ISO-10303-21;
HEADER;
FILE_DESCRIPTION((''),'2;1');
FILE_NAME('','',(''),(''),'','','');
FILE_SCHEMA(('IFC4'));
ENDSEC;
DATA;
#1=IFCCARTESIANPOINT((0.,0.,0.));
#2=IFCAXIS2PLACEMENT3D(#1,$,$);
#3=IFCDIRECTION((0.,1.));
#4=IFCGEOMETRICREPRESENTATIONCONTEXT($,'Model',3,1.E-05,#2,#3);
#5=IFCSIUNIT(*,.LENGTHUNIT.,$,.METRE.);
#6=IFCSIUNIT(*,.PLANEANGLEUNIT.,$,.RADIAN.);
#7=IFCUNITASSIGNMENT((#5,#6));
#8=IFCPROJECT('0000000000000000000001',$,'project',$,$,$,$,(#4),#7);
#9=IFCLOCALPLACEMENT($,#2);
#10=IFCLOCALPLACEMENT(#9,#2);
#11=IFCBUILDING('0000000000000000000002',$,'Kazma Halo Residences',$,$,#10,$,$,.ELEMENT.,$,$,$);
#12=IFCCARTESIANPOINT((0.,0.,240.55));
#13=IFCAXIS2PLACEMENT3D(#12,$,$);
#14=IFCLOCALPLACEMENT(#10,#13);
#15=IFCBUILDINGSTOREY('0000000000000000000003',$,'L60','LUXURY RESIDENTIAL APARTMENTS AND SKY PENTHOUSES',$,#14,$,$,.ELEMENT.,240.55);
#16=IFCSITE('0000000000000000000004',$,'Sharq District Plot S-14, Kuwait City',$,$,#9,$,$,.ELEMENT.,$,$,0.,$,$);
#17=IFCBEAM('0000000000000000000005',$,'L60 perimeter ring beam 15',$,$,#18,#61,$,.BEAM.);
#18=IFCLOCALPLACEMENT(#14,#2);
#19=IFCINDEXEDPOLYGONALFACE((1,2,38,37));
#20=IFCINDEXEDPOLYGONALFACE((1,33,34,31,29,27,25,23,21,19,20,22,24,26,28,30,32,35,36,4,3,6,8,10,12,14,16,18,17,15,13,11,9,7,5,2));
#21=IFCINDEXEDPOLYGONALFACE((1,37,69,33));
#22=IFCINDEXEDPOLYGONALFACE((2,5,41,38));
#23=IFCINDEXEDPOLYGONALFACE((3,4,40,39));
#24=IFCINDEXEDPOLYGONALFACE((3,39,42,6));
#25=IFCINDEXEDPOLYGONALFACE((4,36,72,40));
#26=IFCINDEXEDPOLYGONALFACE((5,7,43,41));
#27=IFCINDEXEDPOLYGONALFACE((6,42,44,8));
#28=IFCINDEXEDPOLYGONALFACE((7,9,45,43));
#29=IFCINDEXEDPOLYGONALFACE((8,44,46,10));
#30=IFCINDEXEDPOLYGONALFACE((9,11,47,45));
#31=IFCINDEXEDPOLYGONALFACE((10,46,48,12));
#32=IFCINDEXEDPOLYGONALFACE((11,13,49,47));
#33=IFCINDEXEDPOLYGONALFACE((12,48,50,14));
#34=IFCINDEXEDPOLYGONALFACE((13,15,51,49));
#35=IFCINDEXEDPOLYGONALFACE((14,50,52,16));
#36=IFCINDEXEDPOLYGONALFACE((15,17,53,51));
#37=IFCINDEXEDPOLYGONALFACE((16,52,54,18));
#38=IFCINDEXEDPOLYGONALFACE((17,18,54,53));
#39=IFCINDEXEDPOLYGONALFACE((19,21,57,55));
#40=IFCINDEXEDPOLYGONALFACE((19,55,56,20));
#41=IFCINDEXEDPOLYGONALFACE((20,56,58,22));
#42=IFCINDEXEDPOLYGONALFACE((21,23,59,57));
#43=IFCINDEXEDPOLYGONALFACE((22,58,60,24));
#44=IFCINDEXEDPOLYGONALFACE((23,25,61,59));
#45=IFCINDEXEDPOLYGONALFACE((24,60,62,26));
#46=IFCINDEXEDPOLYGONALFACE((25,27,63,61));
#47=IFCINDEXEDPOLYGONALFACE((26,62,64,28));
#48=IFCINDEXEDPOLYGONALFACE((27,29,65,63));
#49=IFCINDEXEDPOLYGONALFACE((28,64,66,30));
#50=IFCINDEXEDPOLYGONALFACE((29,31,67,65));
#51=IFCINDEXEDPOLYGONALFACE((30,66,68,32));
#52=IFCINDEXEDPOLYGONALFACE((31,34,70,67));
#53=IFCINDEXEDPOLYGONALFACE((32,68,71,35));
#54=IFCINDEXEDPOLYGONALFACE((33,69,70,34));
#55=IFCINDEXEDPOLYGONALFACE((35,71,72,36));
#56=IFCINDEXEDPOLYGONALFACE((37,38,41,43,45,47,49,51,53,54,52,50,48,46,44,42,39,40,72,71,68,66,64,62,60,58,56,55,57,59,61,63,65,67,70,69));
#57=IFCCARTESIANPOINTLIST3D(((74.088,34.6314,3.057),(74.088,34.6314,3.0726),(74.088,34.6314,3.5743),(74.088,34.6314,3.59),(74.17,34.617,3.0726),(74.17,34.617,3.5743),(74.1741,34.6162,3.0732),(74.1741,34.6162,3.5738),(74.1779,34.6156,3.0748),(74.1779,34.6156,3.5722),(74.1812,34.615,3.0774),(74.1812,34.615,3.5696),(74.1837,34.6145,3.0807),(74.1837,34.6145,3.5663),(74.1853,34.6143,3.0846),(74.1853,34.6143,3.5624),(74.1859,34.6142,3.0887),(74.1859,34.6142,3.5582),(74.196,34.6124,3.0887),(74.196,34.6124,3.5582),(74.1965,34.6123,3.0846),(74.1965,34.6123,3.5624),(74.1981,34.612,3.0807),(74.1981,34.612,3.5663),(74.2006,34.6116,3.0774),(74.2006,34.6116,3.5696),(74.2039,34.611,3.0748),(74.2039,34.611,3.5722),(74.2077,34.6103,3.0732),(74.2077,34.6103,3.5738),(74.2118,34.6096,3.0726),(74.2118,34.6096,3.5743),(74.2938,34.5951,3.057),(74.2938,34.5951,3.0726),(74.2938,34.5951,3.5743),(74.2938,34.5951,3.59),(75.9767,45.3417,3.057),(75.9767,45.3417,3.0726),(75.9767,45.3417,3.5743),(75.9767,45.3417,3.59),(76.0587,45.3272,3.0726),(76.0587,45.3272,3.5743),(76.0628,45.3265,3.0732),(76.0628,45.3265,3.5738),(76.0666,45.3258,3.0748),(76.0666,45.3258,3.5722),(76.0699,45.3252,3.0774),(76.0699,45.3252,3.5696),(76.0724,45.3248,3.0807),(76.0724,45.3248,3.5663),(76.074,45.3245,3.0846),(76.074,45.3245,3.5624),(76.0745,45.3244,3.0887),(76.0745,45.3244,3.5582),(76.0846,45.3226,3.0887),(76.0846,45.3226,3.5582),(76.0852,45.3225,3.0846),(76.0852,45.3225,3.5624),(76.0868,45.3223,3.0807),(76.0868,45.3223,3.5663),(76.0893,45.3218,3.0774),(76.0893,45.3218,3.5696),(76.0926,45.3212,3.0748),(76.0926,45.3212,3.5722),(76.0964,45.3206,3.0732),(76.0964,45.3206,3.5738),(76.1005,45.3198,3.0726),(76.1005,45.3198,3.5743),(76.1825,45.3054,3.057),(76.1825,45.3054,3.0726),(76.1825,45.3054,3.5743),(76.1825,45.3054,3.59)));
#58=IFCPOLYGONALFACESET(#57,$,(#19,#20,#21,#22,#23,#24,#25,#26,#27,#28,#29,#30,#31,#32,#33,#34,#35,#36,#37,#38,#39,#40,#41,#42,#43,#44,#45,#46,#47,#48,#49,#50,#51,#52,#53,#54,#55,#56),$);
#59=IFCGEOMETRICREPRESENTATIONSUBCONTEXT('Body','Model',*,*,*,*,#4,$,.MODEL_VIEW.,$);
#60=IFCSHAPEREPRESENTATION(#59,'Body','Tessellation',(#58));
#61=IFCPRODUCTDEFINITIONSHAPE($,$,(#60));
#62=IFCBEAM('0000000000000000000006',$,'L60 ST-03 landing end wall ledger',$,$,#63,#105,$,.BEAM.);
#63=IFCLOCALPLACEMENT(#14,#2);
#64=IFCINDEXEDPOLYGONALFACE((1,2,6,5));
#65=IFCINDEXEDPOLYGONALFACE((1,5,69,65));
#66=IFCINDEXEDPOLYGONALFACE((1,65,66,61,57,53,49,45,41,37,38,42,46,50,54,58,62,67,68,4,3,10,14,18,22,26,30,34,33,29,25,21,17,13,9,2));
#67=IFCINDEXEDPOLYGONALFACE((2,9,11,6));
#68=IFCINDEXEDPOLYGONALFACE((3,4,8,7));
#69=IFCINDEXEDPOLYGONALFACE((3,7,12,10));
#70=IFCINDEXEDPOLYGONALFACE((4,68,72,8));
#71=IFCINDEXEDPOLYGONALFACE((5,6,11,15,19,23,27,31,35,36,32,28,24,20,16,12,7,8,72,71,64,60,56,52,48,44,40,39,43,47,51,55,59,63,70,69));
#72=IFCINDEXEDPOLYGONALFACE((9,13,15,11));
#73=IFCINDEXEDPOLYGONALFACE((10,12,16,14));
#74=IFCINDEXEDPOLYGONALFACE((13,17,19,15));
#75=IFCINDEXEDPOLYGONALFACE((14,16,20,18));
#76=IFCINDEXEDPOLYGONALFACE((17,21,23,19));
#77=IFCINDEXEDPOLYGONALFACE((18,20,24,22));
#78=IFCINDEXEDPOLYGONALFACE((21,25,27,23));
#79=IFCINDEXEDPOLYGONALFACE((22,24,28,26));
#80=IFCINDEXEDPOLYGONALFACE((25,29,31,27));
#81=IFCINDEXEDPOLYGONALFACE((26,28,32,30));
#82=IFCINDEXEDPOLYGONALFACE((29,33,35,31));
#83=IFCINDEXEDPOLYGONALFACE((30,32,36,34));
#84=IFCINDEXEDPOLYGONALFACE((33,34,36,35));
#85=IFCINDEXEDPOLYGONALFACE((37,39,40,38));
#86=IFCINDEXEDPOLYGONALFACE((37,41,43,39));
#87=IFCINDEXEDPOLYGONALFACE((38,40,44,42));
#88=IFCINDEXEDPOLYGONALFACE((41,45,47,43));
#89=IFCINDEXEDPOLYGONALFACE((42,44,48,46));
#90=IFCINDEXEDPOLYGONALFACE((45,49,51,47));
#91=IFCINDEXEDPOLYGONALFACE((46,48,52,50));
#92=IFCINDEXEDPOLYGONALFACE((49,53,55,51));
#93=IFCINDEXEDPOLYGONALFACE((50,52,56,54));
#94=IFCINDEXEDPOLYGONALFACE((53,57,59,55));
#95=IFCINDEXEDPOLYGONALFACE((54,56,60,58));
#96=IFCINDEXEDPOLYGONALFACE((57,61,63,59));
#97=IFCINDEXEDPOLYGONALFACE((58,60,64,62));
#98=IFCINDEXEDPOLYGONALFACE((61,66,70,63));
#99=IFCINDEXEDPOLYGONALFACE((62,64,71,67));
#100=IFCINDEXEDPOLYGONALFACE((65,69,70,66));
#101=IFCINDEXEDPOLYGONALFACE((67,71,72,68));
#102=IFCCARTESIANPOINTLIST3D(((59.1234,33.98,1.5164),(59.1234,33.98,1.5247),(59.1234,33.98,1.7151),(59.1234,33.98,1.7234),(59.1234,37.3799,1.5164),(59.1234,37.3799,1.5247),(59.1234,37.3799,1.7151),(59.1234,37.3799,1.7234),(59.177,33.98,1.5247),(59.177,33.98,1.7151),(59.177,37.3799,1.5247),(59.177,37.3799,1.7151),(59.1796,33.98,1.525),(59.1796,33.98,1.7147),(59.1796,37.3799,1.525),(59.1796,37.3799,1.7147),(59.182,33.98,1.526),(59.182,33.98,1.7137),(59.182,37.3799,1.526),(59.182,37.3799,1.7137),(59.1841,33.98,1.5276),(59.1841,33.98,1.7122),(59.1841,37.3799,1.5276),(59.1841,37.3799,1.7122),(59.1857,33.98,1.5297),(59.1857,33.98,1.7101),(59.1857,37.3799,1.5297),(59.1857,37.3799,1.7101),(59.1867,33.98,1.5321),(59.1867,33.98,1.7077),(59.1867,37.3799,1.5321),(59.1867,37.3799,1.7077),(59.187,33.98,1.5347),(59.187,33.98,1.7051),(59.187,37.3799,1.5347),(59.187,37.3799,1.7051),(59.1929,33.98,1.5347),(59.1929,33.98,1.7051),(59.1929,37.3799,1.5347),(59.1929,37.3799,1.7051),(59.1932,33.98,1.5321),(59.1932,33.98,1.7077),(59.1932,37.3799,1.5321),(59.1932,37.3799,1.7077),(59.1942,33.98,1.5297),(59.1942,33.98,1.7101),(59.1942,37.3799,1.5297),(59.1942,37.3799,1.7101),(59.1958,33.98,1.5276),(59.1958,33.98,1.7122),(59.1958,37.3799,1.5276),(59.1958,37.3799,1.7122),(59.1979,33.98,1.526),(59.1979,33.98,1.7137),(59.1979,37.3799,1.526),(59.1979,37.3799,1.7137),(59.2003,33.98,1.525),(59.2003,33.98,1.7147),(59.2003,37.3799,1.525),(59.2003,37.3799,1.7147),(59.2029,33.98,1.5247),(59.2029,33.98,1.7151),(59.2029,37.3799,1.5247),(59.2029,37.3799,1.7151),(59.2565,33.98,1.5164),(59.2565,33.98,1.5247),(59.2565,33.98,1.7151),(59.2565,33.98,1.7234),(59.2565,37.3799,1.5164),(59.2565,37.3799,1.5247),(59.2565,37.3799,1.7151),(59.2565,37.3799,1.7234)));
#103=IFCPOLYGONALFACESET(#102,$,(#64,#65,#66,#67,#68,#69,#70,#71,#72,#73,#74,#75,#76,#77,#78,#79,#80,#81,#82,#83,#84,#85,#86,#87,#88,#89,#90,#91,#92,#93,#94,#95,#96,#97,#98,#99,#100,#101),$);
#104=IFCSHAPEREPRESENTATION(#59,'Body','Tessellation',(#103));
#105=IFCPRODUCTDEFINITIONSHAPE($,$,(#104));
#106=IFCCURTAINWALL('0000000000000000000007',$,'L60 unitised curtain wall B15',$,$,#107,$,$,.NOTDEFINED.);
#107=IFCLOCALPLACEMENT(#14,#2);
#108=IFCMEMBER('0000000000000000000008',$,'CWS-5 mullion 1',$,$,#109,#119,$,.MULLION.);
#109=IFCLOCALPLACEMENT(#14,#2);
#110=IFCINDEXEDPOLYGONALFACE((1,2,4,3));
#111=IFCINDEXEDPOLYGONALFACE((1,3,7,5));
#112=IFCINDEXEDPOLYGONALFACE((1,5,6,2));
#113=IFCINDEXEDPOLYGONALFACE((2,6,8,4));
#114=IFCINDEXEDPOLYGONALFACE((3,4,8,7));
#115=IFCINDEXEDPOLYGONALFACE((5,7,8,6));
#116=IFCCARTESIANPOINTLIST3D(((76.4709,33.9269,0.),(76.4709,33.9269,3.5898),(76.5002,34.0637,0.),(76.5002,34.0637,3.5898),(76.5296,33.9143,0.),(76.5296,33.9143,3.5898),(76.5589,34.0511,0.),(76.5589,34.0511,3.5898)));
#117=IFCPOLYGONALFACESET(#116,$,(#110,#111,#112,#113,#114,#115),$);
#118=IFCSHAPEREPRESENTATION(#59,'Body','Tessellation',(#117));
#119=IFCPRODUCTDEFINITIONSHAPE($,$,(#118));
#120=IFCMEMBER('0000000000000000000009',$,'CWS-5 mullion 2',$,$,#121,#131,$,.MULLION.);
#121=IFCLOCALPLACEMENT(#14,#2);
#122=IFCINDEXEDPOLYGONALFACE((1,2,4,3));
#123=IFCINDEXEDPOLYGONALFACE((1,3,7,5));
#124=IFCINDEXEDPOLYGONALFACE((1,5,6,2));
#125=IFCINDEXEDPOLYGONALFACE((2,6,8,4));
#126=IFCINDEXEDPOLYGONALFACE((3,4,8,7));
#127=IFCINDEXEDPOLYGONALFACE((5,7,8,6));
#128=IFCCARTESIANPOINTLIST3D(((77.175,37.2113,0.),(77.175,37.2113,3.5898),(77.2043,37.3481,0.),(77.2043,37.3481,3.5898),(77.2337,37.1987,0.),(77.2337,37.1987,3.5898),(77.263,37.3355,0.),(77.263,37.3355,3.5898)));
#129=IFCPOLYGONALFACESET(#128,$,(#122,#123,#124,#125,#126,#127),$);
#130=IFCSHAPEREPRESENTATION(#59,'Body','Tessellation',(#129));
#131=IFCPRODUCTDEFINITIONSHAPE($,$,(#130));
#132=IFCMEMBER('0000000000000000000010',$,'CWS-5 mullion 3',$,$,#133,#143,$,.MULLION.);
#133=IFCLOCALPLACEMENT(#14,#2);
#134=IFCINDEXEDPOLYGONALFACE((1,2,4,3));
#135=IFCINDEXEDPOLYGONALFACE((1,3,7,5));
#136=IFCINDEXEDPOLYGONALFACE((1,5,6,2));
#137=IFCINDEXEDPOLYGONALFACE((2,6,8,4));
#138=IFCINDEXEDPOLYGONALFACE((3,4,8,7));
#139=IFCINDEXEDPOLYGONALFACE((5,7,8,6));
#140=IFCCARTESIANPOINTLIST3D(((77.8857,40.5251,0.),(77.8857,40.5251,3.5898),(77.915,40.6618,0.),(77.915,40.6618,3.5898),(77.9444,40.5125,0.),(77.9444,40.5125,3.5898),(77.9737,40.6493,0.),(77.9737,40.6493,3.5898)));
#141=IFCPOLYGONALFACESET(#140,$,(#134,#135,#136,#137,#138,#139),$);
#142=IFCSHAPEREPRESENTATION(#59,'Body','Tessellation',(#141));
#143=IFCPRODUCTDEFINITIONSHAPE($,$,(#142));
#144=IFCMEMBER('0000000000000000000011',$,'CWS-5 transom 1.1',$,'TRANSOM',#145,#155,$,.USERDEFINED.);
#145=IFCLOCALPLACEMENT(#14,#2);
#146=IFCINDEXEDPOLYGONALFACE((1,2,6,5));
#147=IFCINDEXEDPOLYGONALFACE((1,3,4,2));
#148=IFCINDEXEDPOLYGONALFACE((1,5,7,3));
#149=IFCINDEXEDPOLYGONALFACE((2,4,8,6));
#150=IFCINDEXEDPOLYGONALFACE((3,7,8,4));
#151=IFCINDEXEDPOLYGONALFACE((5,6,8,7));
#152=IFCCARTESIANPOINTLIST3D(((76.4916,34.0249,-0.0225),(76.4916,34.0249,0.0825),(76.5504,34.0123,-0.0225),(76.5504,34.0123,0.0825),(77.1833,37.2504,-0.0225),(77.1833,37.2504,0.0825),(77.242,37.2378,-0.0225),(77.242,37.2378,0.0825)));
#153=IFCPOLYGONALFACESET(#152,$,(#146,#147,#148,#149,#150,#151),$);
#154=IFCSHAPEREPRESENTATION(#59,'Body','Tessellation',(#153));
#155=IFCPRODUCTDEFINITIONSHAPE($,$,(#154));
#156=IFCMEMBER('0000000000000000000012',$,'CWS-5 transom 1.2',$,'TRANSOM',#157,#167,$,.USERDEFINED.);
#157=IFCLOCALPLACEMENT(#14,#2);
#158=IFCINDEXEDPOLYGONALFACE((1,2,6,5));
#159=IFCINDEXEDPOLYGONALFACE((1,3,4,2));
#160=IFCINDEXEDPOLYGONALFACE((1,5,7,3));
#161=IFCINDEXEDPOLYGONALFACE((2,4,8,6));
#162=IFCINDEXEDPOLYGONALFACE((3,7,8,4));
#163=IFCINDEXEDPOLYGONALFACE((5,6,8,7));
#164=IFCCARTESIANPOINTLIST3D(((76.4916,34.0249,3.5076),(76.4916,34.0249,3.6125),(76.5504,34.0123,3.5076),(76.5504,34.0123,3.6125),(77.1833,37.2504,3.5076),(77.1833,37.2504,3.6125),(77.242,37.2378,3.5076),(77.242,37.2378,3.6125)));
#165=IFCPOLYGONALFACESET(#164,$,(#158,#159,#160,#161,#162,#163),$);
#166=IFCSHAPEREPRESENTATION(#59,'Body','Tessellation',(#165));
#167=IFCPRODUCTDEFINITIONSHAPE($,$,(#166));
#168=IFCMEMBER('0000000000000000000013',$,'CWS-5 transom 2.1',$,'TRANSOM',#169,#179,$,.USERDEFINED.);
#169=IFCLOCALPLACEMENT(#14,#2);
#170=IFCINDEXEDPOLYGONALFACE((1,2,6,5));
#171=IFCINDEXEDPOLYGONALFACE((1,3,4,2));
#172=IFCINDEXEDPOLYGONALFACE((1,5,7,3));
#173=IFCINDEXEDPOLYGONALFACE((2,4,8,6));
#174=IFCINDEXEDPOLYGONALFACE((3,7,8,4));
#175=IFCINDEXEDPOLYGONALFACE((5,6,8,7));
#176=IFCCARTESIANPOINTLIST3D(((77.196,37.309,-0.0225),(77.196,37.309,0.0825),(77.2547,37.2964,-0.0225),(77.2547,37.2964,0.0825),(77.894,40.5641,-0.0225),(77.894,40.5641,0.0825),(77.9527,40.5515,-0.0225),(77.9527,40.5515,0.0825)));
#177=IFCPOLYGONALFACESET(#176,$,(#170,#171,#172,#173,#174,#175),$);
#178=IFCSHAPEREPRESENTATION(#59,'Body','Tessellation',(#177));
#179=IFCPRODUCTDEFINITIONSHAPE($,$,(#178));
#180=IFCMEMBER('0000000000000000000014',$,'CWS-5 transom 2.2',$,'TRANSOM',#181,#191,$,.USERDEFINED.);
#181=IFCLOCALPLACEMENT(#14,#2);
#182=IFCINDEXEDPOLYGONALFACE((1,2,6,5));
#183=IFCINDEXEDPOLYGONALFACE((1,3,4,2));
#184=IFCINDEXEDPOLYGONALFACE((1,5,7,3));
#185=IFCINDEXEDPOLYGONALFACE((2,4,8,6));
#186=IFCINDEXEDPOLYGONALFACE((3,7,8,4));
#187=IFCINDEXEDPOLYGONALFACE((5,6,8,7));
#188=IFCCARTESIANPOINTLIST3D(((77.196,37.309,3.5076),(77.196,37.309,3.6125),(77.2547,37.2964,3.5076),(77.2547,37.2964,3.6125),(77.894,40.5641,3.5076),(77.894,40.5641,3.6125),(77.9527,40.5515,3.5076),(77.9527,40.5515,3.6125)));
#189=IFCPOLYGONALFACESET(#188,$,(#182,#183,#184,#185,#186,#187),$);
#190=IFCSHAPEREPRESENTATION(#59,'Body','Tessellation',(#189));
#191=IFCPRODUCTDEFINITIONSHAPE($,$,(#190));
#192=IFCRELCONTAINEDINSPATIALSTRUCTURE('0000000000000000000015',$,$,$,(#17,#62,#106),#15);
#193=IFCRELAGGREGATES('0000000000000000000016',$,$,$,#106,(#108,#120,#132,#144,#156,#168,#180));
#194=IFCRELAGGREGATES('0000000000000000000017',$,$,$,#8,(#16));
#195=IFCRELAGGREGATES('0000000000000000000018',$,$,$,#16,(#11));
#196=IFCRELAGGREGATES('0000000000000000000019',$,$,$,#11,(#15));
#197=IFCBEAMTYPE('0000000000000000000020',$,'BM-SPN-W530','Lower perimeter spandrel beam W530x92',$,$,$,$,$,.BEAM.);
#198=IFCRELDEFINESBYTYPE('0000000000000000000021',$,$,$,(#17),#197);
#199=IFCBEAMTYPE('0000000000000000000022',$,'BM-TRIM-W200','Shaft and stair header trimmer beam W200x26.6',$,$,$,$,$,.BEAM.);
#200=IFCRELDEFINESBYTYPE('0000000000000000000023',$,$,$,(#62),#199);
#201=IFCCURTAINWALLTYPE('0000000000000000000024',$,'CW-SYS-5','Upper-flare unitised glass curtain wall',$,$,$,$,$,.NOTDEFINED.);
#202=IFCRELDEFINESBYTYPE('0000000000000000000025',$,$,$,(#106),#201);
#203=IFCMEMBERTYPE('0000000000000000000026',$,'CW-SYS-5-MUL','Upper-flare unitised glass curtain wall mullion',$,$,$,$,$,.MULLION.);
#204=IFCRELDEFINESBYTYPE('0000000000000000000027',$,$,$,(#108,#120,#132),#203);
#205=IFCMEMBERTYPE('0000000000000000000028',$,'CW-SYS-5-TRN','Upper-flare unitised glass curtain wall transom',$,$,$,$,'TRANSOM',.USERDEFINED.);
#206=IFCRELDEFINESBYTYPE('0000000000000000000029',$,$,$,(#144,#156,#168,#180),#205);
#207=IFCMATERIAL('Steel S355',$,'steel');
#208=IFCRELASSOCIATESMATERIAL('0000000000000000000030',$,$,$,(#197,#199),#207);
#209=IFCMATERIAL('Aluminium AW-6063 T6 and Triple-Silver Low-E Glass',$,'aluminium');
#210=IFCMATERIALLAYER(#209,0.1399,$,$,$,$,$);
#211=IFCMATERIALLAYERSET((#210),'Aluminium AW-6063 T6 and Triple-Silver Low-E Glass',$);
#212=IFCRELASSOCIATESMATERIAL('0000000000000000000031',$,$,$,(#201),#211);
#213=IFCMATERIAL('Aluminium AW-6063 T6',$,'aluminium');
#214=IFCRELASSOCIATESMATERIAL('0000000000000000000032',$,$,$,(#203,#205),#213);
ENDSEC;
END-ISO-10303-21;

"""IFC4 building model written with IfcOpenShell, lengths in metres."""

from ifc_helpers import new_model, si_unit, direction, frame, origin, origin_2d, place, context, subcontext, project, spatial, rectangle, i_section, extrude, material, layer, layer_set, material_profile, profile_set, type_object, element, aggregate, save


model = new_model("IFC4")

# Units and contexts
model_context = context("Model", 3, precision=1e-05, world=origin(), true_north=direction((0.0, 1.0)))
body_context = subcontext(model_context, "Body", "Model", "MODEL_VIEW")
ifc_project = project(units=[si_unit("LENGTHUNIT", "METRE"), si_unit("PLANEANGLEUNIT", "RADIAN")], contexts=[model_context])

# Site, building, storey
site_placement = place(None, origin())
site = spatial("IfcSite", under=ifc_project, at=site_placement, Name="Sharq District Plot S-14, Kuwait City", CompositionType="ELEMENT", RefElevation=0.0)
building_placement = place(site_placement, origin())
building = spatial("IfcBuilding", under=site, at=building_placement, Name="Kazma Halo Residences", CompositionType="ELEMENT")
storey_placement = place(building_placement, frame((0.0, 0.0, 240.55)))
storey = spatial("IfcBuildingStorey", under=building, at=storey_placement, Name="L60", Description="LUXURY RESIDENTIAL APARTMENTS AND SKY PENTHOUSES", CompositionType="ELEMENT", Elevation=240.55)

# Beams
ifc_material_1 = material(Name="Steel S355", Category="steel")
ifc_material_profile_1 = material_profile(ifc_material_1, i_section(OverallWidth=0.209, OverallDepth=0.533, WebThickness=0.0103, FlangeThickness=0.0156, FilletRadius=0.0161, at=origin_2d()), Name="W530x92")
ifc_profile_set_1 = profile_set([ifc_material_profile_1], Name="Steel S355")
beam_type_1 = type_object("IfcBeamType", Name="BM-SPN-W530", Description="Lower perimeter spandrel beam W530x92", PredefinedType="BEAM", material=ifc_profile_set_1)
beam_1_placement = place(storey_placement, frame((74.1909, 34.6133, 3.3235), z_axis=(0.173664, 0.984805, 0.0), x_axis=(-0.984805, 0.173664, 0.0)))
element("IfcBeam", 1, at=beam_1_placement, inside=storey, type_object=beam_type_1, Name="L60 perimeter ring beam 15", PredefinedType="BEAM", context=body_context, shape_type="SweptSolid", body=[
    extrude(i_section(OverallWidth=0.209, OverallDepth=0.533, WebThickness=0.0103, FlangeThickness=0.0156, FilletRadius=0.0161, at=origin_2d()), origin(), (0.0, 0.0, 1.0), 10.8755),
])
ifc_material_profile_2 = material_profile(ifc_material_1, i_section(OverallWidth=0.1331, OverallDepth=0.207, WebThickness=0.0059, FlangeThickness=0.0083, FilletRadius=0.01, at=origin_2d()), Name="W200x26.6")
ifc_profile_set_2 = profile_set([ifc_material_profile_2], Name="Steel S355")
beam_type_2 = type_object("IfcBeamType", Name="BM-TRIM-W200", Description="Shaft and stair header trimmer beam W200x26.6", PredefinedType="BEAM", material=ifc_profile_set_2)
beam_2_placement = place(storey_placement, frame((59.1899, 33.98, 1.6199), z_axis=(0.0, 1.0, 0.0), x_axis=(-1.0, 0.0, 0.0)))
element("IfcBeam", 2, at=beam_2_placement, inside=storey, type_object=beam_type_2, Name="L60 ST-03 landing end wall ledger", PredefinedType="BEAM", context=body_context, shape_type="SweptSolid", body=[
    extrude(i_section(OverallWidth=0.1331, OverallDepth=0.207, WebThickness=0.0059, FlangeThickness=0.0083, FilletRadius=0.01, at=origin_2d()), origin(), (0.0, 0.0, 1.0), 3.3999),
])

# Curtain wall, members
ifc_material_2 = material(Name="Aluminium AW-6063 T6 and Triple-Silver Low-E Glass", Category="aluminium")
ifc_layer_1 = layer(ifc_material_2, 0.1399)
ifc_layer_set_1 = layer_set([ifc_layer_1], Name="Aluminium AW-6063 T6 and Triple-Silver Low-E Glass")
curtain_wall_type = type_object("IfcCurtainWallType", Name="CW-SYS-5", Description="Upper-flare unitised glass curtain wall", PredefinedType="NOTDEFINED", material=ifc_layer_set_1)
curtain_wall_placement = place(storey_placement, origin())
curtain_wall = element("IfcCurtainWall", 3, at=curtain_wall_placement, inside=storey, type_object=curtain_wall_type, Name="L60 unitised curtain wall B15", PredefinedType="NOTDEFINED")
ifc_material_3 = material(Name="Aluminium AW-6063 T6", Category="aluminium")
ifc_material_profile_3 = material_profile(ifc_material_3, rectangle(XDim=0.0601, YDim=0.1399, at=origin_2d()), Name="CWM-60x140")
ifc_profile_set_3 = profile_set([ifc_material_profile_3], Name="Aluminium AW-6063 T6")
member_type_1 = type_object("IfcMemberType", Name="CW-SYS-5-MUL", Description="Upper-flare unitised glass curtain wall mullion", PredefinedType="MULLION", material=ifc_profile_set_3)
member_1_placement = place(storey_placement, frame((76.5149, 33.989, 0.0), z_axis=(0.0, 0.0, 1.0), x_axis=(-0.977775, 0.209657, 0.0)))
member_1 = element("IfcMember", 4, at=member_1_placement, type_object=member_type_1, Name="CWS-5 mullion 1", PredefinedType="MULLION", context=body_context, shape_type="SweptSolid", body=[
    extrude(rectangle(XDim=0.0601, YDim=0.1399, at=origin_2d()), origin(), (0.0, 0.0, 1.0), 3.5898),
])
member_2_placement = place(storey_placement, frame((77.219, 37.2734, 0.0), z_axis=(0.0, 0.0, 1.0), x_axis=(-0.977775, 0.209657, 0.0)))
member_2 = element("IfcMember", 5, at=member_2_placement, type_object=member_type_1, Name="CWS-5 mullion 2", PredefinedType="MULLION", context=body_context, shape_type="SweptSolid", body=[
    extrude(rectangle(XDim=0.0601, YDim=0.1399, at=origin_2d()), origin(), (0.0, 0.0, 1.0), 3.5898),
])
member_3_placement = place(storey_placement, frame((77.9297, 40.5872, 0.0), z_axis=(0.0, 0.0, 1.0), x_axis=(-0.977775, 0.209657, 0.0)))
member_3 = element("IfcMember", 6, at=member_3_placement, type_object=member_type_1, Name="CWS-5 mullion 3", PredefinedType="MULLION", context=body_context, shape_type="SweptSolid", body=[
    extrude(rectangle(XDim=0.0601, YDim=0.1399, at=origin_2d()), origin(), (0.0, 0.0, 1.0), 3.5898),
])
ifc_material_profile_4 = material_profile(ifc_material_3, rectangle(XDim=0.0601, YDim=0.105, at=origin_2d()), Name="CWT-60x105")
ifc_profile_set_4 = profile_set([ifc_material_profile_4], Name="Aluminium AW-6063 T6")
member_type_2 = type_object("IfcMemberType", Name="CW-SYS-5-TRN", Description="Upper-flare unitised glass curtain wall transom", ElementType="TRANSOM", PredefinedType="USERDEFINED", material=ifc_profile_set_4)
member_4_placement = place(storey_placement, frame((76.521, 34.0186, 0.03), z_axis=(0.20966, 0.977774, 0.0), x_axis=(-0.977774, 0.20966, 0.0)))
member_4 = element("IfcMember", 7, at=member_4_placement, type_object=member_type_2, Name="CWS-5 transom 1.1", ObjectType="TRANSOM", PredefinedType="USERDEFINED", context=body_context, shape_type="SweptSolid", body=[
    extrude(rectangle(XDim=0.0601, YDim=0.105, at=origin_2d()), origin(), (0.0, 0.0, 1.0), 3.2988),
])
member_5_placement = place(storey_placement, frame((76.521, 34.0186, 3.5601), z_axis=(0.20966, 0.977774, 0.0), x_axis=(-0.977774, 0.20966, 0.0)))
member_5 = element("IfcMember", 8, at=member_5_placement, type_object=member_type_2, Name="CWS-5 transom 1.2", ObjectType="TRANSOM", PredefinedType="USERDEFINED", context=body_context, shape_type="SweptSolid", body=[
    extrude(rectangle(XDim=0.0601, YDim=0.105, at=origin_2d()), origin(), (0.0, 0.0, 1.0), 3.2988),
])
member_6_placement = place(storey_placement, frame((77.2253, 37.3027, 0.03), z_axis=(0.209664, 0.977773, 0.0), x_axis=(-0.977773, 0.209664, 0.0)))
member_6 = element("IfcMember", 9, at=member_6_placement, type_object=member_type_2, Name="CWS-5 transom 2.1", ObjectType="TRANSOM", PredefinedType="USERDEFINED", context=body_context, shape_type="SweptSolid", body=[
    extrude(rectangle(XDim=0.0601, YDim=0.105, at=origin_2d()), origin(), (0.0, 0.0, 1.0), 3.3291),
])
member_7_placement = place(storey_placement, frame((77.2253, 37.3027, 3.5601), z_axis=(0.209664, 0.977773, 0.0), x_axis=(-0.977773, 0.209664, 0.0)))
member_7 = element("IfcMember", 10, at=member_7_placement, type_object=member_type_2, Name="CWS-5 transom 2.2", ObjectType="TRANSOM", PredefinedType="USERDEFINED", context=body_context, shape_type="SweptSolid", body=[
    extrude(rectangle(XDim=0.0601, YDim=0.105, at=origin_2d()), origin(), (0.0, 0.0, 1.0), 3.3291),
])
aggregate(curtain_wall, [member_1, member_2, member_3, member_4, member_5, member_6, member_7])

save(model, "model.ifc")
